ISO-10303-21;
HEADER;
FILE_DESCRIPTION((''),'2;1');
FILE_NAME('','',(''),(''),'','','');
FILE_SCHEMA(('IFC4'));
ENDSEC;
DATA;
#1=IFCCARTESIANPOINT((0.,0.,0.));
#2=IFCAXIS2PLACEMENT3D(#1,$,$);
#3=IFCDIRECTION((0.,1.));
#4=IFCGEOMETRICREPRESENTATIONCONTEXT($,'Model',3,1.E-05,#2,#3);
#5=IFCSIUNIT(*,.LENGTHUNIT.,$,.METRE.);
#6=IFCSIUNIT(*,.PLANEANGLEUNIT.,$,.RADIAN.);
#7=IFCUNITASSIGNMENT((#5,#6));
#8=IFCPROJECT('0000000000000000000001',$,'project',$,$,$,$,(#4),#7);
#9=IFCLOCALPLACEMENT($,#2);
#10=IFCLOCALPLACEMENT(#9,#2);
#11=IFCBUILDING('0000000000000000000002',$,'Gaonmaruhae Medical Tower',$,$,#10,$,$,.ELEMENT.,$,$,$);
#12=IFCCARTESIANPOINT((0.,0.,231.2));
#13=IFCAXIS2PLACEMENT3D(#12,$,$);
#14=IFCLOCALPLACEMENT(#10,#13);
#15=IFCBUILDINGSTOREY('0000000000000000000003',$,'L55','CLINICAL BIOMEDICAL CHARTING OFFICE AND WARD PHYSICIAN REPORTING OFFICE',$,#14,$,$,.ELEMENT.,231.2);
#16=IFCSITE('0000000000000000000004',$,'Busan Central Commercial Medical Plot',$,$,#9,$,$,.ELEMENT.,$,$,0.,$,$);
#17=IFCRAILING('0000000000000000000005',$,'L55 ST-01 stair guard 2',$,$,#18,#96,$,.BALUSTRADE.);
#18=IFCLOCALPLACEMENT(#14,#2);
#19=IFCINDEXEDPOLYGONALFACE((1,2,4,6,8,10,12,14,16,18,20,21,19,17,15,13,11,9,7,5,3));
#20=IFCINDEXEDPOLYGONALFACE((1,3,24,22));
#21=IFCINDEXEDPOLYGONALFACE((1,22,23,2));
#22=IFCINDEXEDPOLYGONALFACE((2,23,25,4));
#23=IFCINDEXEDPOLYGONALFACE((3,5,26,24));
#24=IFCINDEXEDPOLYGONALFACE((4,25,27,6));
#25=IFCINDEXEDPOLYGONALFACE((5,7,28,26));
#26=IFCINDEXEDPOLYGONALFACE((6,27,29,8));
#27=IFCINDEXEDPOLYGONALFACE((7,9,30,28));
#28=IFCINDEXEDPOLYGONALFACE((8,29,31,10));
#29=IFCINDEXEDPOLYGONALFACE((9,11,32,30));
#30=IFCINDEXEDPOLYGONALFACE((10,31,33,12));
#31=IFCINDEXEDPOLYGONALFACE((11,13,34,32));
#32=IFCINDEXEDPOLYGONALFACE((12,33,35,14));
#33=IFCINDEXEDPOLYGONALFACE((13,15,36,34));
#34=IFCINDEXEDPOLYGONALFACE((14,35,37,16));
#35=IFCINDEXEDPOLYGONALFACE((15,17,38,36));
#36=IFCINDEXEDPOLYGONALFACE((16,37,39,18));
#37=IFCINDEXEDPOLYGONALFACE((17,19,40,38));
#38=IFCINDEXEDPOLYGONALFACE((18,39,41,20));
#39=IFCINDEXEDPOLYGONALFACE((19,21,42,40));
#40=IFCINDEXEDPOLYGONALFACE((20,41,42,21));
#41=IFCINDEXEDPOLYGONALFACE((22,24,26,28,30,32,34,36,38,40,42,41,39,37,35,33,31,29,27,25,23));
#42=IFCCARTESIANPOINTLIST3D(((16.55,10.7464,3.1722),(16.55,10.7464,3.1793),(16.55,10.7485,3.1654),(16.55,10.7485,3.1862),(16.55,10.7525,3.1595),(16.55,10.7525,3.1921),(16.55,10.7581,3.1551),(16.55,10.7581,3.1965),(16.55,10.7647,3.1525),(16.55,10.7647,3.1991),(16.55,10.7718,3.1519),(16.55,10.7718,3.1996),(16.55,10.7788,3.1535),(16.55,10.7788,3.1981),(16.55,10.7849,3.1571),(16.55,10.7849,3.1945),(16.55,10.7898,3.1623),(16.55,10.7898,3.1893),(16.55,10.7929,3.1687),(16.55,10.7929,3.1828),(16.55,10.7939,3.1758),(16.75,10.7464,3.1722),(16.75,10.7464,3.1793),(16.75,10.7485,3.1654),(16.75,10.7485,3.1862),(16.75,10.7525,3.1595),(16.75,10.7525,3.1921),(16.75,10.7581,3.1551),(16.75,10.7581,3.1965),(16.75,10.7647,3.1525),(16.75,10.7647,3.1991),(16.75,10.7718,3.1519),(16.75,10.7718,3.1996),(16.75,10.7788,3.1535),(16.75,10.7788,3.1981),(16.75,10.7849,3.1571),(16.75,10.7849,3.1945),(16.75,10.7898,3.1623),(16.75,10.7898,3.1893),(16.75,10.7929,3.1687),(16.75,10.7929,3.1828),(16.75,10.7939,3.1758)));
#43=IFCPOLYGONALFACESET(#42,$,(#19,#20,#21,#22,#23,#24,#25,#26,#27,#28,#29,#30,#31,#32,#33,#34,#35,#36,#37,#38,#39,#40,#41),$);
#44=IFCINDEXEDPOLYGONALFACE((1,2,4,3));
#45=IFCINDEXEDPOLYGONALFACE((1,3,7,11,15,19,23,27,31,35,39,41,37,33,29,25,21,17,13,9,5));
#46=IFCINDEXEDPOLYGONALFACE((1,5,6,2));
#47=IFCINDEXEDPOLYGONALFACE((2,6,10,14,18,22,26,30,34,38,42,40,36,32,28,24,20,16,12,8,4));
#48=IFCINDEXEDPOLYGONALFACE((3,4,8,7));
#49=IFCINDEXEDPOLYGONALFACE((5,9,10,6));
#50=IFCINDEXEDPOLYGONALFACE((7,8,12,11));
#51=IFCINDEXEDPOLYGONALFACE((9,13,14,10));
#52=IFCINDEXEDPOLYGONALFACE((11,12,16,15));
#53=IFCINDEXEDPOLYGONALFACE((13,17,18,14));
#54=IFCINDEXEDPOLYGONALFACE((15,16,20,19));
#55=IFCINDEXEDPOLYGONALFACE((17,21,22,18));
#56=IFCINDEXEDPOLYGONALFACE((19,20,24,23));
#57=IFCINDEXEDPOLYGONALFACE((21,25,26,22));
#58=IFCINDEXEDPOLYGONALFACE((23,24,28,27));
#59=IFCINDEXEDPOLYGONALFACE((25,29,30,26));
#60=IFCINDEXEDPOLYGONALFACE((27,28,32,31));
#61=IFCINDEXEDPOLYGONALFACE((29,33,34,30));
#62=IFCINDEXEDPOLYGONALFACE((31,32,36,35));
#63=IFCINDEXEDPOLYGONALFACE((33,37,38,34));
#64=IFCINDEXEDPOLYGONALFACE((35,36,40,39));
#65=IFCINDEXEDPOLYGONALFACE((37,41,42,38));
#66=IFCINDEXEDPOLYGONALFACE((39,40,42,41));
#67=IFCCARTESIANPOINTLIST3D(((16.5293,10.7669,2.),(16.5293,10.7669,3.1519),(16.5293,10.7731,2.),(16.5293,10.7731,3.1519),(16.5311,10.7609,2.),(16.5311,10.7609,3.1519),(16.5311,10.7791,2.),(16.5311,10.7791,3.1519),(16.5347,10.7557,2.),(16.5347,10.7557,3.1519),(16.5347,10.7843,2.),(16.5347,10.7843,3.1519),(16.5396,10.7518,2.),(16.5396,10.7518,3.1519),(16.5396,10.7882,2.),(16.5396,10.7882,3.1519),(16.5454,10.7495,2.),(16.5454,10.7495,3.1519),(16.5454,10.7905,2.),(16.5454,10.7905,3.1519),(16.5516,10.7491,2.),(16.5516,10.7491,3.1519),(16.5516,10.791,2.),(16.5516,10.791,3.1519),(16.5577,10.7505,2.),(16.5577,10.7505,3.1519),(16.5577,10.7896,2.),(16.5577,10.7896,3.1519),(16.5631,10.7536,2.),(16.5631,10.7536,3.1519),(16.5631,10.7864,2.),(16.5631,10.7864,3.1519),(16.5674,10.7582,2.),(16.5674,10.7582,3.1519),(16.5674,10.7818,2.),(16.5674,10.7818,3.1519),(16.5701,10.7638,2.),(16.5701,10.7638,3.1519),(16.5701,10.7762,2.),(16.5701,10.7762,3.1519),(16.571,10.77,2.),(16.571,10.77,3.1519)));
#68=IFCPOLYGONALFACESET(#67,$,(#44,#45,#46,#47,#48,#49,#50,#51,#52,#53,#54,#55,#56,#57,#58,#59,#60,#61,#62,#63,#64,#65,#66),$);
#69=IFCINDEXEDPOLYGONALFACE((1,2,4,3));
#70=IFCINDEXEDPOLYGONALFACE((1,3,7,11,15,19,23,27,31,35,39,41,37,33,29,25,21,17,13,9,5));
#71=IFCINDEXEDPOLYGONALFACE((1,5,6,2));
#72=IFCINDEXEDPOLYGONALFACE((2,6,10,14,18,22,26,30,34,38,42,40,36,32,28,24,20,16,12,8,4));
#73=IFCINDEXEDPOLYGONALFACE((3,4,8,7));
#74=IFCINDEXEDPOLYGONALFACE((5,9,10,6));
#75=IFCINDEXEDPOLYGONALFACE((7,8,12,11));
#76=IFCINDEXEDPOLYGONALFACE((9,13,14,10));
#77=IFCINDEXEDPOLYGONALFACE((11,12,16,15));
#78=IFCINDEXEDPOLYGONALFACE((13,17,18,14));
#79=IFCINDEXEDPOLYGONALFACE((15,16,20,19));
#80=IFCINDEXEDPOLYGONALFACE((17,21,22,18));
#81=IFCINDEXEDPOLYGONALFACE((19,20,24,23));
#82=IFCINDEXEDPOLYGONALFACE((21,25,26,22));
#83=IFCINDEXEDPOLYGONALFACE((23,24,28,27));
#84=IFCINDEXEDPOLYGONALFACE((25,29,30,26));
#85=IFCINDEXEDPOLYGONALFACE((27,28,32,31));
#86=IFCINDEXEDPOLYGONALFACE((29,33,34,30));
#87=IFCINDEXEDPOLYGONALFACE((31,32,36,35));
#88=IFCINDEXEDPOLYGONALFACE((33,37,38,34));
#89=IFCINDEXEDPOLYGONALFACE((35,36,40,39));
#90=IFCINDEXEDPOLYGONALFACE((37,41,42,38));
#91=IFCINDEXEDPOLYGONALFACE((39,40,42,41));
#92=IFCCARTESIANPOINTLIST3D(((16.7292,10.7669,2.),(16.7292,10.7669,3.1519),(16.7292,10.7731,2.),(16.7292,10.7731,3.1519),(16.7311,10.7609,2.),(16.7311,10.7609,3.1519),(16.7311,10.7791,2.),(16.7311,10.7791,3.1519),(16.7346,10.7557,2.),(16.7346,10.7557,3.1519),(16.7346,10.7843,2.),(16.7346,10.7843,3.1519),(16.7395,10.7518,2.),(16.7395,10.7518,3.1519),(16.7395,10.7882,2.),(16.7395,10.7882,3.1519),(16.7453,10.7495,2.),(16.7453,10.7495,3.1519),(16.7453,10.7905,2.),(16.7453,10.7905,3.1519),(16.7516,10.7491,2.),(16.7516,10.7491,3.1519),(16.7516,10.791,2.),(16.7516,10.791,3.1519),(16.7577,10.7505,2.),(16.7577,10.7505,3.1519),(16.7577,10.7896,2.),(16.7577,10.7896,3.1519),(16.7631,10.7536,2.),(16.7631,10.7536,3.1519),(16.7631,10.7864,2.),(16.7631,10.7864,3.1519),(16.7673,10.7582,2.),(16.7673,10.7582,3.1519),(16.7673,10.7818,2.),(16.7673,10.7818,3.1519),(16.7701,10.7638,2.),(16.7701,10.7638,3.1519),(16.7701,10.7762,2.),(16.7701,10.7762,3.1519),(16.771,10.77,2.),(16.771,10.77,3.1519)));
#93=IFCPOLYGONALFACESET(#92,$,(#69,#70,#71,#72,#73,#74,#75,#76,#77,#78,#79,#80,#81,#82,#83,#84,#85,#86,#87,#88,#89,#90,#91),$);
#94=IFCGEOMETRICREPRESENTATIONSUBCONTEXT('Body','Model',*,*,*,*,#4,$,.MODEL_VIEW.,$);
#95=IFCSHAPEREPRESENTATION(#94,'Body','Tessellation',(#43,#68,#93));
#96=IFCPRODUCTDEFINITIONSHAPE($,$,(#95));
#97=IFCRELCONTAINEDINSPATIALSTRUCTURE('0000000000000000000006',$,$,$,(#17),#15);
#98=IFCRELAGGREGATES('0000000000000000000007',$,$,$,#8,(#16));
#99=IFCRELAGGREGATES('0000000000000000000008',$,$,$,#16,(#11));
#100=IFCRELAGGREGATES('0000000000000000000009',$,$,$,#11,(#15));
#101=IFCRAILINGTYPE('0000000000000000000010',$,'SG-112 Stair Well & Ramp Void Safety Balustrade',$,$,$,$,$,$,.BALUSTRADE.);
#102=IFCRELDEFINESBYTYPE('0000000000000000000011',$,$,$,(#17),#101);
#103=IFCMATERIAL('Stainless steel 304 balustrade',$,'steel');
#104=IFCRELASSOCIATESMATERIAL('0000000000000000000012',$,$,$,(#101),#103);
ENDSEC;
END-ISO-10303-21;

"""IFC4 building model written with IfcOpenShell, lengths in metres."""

from ifc_helpers import new_model, si_unit, direction, frame, origin, origin_2d, place, context, subcontext, project, spatial, circle, extrude, material, type_object, element, save


model = new_model("IFC4")

# Units and contexts
model_context = context("Model", 3, precision=1e-05, world=origin(), true_north=direction((0.0, 1.0)))
body_context = subcontext(model_context, "Body", "Model", "MODEL_VIEW")
ifc_project = project(units=[si_unit("LENGTHUNIT", "METRE"), si_unit("PLANEANGLEUNIT", "RADIAN")], contexts=[model_context])

# Site, building, storey
site_placement = place(None, origin())
site = spatial("IfcSite", under=ifc_project, at=site_placement, Name="Busan Central Commercial Medical Plot", CompositionType="ELEMENT", RefElevation=0.0)
building_placement = place(site_placement, origin())
building = spatial("IfcBuilding", under=site, at=building_placement, Name="Gaonmaruhae Medical Tower", CompositionType="ELEMENT")
storey_placement = place(building_placement, frame((0.0, 0.0, 231.2)))
storey = spatial("IfcBuildingStorey", under=building, at=storey_placement, Name="L55", Description="CLINICAL BIOMEDICAL CHARTING OFFICE AND WARD PHYSICIAN REPORTING OFFICE", CompositionType="ELEMENT", Elevation=231.2)

# Railing
ifc_material_1 = material(Name="Stainless steel 304 balustrade", Category="steel")
railing_type_1 = type_object("IfcRailingType", Name="SG-112 Stair Well & Ramp Void Safety Balustrade", PredefinedType="BALUSTRADE", material=ifc_material_1)
railing_1_placement = place(storey_placement, frame((16.55, 10.77, 2.0)))
element("IfcRailing", 1, at=railing_1_placement, inside=storey, type_object=railing_type_1, Name="L55 ST-01 stair guard 2", PredefinedType="BALUSTRADE", context=body_context, shape_type="SweptSolid", body=[
    extrude(circle(Radius=0.0239, at=origin_2d()), frame((0.0, 0.0, 1.1758), z_axis=(1.0, 0.0, 0.0), x_axis=(0.0, 1.0, 0.0)), (0.0, 0.0, 1.0), 0.2),
    extrude(circle(Radius=0.021, at=origin_2d()), origin(), (0.0, 0.0, 1.0), 1.1519),
    extrude(circle(Radius=0.021, at=origin_2d()), frame((0.2, 0.0, 0.0)), (0.0, 0.0, 1.0), 1.1519),
])

save(model, "model.ifc")
